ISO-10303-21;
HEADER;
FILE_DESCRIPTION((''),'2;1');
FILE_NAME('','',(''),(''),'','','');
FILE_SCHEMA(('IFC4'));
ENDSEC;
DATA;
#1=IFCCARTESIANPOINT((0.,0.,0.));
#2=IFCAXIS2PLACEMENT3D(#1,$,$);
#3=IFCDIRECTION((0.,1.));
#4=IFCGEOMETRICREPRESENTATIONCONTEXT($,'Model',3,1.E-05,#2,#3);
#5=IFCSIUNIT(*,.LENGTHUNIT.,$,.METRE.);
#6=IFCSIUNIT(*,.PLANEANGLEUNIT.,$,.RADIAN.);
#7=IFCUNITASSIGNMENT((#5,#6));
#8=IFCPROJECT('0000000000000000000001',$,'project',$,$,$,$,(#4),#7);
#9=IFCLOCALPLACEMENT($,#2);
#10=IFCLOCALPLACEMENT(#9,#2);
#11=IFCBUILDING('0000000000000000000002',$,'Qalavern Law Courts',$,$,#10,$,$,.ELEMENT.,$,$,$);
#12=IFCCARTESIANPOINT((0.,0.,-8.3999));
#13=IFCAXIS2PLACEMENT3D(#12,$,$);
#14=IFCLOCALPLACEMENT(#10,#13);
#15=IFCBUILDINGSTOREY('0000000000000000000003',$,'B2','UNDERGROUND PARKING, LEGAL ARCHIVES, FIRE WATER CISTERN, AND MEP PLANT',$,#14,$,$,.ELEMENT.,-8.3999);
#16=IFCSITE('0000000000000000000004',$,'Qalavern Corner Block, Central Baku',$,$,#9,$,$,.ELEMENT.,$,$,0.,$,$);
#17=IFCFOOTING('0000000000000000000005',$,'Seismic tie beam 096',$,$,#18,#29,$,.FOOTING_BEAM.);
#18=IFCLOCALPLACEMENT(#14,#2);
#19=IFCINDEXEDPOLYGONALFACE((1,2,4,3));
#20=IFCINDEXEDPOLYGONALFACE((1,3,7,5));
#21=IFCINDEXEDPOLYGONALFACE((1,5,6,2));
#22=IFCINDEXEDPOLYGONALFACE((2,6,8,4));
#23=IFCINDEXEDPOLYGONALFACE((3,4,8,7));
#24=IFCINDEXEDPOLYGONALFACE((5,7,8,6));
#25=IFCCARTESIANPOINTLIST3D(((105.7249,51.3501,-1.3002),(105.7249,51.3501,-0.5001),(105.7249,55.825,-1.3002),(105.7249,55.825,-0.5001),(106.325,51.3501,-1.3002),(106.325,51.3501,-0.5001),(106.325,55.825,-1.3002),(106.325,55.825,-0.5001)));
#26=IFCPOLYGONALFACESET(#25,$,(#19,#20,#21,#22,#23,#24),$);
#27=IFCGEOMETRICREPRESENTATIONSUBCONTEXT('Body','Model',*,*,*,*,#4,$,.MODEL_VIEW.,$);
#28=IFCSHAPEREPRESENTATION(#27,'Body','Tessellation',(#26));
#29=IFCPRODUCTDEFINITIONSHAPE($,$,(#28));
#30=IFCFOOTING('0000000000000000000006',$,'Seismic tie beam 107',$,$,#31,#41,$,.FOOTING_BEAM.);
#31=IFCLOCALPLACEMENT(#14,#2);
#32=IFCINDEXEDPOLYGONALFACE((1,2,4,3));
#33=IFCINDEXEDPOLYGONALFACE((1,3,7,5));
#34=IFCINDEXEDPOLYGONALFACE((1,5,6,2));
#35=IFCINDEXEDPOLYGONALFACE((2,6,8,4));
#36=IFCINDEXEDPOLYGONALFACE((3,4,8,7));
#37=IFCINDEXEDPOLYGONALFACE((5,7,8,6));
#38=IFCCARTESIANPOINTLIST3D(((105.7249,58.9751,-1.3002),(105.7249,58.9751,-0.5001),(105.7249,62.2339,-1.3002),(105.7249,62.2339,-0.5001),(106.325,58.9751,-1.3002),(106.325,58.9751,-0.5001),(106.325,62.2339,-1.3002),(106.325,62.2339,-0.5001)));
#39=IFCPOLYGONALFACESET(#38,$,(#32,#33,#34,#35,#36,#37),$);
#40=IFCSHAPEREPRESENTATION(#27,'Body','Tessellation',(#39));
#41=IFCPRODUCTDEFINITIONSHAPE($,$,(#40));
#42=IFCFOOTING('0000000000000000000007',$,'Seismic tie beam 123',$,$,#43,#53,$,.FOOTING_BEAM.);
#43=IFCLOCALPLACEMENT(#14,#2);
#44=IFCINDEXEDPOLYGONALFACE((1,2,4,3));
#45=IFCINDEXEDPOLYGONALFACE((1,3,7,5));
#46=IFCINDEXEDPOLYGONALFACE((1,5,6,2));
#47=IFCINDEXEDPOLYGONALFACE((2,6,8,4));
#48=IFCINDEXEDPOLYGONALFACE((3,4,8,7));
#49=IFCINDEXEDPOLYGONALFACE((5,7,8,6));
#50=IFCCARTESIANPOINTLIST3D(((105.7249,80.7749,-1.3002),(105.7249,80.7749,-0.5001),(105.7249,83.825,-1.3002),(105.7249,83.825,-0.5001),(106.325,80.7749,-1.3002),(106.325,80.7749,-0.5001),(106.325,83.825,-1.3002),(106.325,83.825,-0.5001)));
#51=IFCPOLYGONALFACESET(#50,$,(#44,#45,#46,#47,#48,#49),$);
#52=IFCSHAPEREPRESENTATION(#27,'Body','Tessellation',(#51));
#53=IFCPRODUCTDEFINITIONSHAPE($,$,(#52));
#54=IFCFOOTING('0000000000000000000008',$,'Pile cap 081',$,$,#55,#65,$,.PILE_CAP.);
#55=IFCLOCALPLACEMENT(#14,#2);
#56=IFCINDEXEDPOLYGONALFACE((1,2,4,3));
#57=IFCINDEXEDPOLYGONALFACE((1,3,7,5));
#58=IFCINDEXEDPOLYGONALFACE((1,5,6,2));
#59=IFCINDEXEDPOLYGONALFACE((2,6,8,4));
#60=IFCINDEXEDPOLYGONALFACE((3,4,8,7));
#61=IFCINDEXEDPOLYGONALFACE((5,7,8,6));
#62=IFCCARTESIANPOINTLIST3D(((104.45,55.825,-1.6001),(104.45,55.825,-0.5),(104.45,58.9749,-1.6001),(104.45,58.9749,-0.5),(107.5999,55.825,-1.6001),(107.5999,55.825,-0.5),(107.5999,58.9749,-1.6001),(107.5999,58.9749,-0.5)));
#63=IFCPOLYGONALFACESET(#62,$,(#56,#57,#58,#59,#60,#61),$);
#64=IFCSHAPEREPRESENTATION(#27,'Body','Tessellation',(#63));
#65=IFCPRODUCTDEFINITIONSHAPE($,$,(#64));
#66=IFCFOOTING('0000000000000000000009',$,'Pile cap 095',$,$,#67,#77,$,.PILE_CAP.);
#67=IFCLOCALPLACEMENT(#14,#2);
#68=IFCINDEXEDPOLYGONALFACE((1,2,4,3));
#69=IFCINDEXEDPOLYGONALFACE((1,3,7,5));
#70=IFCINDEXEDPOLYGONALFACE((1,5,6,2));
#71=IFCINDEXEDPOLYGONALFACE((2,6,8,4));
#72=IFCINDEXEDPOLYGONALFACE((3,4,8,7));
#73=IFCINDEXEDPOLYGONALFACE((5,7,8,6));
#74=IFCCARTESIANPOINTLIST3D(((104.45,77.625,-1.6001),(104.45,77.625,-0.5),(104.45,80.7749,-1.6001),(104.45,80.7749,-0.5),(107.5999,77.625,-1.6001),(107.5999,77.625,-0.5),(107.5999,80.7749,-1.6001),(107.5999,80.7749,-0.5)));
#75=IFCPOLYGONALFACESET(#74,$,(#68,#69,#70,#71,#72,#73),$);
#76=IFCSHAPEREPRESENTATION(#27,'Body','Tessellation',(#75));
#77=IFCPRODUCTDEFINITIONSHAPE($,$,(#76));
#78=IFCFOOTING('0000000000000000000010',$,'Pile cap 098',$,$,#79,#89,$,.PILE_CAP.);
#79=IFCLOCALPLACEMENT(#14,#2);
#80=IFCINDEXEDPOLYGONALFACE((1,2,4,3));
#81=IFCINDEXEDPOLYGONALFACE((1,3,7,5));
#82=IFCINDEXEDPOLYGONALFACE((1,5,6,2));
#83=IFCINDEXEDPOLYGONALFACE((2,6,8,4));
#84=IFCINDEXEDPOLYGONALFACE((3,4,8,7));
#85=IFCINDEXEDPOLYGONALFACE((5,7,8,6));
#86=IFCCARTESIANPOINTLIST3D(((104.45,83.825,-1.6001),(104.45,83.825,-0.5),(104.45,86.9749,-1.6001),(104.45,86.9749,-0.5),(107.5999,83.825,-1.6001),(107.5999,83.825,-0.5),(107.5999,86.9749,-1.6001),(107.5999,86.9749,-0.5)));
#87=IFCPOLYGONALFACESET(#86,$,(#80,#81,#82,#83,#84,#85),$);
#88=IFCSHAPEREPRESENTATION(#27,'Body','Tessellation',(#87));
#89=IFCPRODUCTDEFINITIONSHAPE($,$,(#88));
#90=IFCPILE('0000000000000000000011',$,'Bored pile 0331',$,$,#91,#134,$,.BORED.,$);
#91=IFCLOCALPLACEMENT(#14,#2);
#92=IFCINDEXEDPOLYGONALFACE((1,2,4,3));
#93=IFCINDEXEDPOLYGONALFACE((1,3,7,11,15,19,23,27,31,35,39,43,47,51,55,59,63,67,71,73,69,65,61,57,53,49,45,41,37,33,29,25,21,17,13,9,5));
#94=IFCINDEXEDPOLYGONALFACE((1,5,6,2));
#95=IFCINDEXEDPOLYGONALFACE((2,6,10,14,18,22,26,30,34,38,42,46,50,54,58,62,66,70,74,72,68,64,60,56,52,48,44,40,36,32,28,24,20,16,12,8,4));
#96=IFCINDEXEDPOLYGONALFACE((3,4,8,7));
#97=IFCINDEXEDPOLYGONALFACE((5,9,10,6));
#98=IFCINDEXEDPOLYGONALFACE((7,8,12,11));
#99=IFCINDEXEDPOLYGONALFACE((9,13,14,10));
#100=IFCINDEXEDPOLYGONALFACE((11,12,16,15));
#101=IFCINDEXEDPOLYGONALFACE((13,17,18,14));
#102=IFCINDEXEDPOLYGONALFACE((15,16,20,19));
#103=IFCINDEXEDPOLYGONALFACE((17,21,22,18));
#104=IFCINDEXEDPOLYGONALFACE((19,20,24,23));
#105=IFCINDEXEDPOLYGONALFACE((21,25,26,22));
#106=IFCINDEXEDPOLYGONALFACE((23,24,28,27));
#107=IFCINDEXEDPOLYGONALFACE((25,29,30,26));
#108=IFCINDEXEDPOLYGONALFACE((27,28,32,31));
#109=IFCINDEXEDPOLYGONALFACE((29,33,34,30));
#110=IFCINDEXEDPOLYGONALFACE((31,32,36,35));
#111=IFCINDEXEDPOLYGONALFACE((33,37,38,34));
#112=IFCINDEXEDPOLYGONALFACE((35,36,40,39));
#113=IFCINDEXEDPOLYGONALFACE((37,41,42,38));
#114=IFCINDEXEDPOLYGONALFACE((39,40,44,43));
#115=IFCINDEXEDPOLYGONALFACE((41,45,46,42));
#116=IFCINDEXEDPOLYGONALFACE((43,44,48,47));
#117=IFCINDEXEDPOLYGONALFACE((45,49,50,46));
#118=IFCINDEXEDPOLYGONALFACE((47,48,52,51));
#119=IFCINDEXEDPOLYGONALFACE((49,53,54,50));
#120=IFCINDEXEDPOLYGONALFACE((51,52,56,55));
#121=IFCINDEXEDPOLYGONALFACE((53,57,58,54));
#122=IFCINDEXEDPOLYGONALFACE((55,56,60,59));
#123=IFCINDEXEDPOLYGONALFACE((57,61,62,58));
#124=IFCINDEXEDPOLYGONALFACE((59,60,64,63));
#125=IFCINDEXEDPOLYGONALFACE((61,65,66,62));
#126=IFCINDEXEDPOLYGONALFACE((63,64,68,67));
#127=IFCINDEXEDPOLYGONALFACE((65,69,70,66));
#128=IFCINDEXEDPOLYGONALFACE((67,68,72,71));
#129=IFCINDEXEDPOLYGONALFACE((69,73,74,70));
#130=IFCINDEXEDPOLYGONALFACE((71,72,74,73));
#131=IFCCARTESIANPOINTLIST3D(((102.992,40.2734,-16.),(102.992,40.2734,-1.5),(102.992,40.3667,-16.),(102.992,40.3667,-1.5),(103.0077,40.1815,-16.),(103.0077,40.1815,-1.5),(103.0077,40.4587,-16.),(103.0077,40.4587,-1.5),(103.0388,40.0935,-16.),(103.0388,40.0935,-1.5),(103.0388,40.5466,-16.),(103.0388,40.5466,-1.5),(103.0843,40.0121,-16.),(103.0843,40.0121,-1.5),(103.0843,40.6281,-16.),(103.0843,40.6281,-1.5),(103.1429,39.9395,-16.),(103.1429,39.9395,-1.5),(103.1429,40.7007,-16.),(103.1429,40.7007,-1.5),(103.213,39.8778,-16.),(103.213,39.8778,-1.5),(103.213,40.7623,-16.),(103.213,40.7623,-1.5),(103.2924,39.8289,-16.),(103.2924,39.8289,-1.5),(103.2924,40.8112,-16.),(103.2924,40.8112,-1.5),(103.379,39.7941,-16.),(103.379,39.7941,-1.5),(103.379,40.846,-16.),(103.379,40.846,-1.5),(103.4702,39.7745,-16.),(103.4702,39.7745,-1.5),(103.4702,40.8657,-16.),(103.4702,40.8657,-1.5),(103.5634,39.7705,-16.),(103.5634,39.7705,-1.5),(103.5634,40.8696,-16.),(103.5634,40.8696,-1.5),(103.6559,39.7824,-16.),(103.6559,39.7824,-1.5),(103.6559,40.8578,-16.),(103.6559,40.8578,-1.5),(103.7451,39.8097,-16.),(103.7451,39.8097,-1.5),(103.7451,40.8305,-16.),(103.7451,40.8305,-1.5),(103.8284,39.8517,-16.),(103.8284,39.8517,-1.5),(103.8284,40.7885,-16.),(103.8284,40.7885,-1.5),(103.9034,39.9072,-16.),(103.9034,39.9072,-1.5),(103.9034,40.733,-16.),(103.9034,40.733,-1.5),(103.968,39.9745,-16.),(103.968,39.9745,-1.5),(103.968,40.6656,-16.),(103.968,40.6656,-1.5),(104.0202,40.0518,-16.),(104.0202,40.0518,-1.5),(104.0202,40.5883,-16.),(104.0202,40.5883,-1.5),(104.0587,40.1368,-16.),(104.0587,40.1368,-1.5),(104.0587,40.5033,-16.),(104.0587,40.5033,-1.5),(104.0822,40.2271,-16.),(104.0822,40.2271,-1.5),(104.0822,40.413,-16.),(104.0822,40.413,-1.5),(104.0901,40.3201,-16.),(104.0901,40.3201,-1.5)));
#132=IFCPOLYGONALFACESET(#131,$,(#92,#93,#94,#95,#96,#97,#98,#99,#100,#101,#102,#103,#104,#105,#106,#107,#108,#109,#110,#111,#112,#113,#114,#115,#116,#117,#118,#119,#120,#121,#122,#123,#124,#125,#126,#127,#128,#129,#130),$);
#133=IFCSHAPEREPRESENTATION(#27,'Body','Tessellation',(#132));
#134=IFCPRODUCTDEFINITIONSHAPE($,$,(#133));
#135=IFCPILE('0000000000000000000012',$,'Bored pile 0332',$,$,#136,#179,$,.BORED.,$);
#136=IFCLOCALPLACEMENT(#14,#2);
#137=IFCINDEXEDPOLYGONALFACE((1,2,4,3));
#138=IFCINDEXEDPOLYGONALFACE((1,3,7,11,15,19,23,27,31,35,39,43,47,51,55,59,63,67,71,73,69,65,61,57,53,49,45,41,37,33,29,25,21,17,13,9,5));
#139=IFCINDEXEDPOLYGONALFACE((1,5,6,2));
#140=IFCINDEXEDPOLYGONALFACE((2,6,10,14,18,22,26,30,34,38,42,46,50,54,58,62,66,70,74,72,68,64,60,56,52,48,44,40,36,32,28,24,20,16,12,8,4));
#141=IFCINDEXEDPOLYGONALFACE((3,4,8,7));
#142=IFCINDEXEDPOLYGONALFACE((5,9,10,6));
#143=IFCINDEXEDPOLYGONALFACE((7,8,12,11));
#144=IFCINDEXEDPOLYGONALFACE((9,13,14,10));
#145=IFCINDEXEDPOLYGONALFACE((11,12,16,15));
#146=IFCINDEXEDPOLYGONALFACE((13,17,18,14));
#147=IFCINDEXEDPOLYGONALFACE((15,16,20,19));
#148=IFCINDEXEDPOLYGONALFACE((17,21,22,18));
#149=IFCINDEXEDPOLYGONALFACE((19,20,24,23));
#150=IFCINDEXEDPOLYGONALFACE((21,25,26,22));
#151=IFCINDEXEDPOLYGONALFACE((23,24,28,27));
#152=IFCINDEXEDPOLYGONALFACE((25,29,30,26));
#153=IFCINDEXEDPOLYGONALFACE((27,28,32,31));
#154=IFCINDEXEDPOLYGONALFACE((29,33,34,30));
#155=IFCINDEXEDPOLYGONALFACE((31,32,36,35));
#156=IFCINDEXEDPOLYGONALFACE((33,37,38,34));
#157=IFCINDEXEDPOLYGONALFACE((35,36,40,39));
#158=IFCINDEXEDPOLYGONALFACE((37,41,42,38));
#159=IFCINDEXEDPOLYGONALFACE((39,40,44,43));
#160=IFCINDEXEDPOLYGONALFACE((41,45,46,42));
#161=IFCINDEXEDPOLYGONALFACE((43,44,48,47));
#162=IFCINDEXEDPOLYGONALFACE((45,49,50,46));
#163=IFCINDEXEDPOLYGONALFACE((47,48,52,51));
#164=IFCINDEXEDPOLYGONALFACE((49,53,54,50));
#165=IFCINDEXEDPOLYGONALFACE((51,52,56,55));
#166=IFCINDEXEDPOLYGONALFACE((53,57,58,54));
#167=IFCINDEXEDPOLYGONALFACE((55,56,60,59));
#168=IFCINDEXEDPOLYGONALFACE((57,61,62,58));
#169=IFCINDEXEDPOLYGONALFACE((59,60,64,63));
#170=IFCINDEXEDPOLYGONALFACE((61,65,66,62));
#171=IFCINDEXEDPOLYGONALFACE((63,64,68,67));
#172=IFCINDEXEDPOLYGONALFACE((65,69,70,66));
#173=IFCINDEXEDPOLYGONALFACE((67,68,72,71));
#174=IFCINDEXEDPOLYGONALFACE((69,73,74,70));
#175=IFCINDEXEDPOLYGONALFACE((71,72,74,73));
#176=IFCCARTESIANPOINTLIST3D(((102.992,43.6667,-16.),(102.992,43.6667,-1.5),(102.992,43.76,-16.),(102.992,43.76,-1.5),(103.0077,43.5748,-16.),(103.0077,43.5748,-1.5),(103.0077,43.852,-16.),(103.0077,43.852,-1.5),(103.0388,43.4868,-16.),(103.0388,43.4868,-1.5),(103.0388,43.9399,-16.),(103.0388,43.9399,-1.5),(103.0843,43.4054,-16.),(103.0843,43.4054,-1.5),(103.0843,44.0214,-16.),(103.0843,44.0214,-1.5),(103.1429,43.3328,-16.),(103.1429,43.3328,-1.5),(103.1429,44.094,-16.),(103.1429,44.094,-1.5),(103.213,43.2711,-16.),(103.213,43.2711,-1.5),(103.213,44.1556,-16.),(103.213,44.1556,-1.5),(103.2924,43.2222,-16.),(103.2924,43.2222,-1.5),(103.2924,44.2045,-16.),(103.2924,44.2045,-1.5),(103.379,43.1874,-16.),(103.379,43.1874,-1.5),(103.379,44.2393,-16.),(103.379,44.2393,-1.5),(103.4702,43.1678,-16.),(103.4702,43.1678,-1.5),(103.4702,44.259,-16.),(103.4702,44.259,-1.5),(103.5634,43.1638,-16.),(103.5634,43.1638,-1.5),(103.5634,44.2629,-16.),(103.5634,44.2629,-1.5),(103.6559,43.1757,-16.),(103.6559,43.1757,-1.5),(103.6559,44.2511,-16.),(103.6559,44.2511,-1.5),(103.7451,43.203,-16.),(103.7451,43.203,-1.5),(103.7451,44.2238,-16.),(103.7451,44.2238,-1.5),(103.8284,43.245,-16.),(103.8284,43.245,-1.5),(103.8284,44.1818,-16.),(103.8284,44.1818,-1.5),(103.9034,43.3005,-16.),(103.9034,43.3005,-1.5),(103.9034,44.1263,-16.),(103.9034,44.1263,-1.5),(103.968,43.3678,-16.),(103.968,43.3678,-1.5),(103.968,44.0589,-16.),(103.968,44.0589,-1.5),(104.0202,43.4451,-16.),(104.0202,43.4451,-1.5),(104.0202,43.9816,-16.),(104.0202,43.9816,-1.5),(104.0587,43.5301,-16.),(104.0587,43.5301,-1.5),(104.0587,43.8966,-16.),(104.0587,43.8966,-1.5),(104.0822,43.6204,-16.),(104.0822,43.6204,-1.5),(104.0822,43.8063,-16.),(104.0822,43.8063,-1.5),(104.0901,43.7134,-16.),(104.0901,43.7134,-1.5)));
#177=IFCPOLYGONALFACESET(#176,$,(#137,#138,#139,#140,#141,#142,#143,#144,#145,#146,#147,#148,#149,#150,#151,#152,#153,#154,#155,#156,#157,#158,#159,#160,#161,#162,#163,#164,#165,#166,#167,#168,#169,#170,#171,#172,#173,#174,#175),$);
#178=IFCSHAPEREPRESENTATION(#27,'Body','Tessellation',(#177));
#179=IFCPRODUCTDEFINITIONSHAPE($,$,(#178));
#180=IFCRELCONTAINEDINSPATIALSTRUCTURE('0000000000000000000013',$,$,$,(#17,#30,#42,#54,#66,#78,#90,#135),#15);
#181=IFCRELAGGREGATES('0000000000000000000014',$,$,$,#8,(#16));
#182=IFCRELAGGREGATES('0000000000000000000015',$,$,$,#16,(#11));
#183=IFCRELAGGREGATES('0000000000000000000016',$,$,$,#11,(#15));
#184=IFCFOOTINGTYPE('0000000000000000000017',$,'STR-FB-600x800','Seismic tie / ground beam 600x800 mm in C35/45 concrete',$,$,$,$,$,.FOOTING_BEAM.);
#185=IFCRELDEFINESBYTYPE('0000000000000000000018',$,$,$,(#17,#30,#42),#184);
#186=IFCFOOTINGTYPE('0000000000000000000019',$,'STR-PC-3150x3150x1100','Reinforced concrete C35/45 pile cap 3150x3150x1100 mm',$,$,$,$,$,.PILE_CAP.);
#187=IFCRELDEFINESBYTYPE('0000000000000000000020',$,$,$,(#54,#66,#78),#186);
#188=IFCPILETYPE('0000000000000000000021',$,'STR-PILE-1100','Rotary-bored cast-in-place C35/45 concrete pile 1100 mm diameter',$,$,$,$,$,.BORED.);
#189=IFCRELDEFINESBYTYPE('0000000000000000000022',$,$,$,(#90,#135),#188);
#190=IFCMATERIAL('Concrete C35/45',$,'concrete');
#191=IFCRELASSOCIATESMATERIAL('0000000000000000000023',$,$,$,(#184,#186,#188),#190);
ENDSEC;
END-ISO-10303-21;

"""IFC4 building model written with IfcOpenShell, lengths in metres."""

from ifc_helpers import new_model, si_unit, direction, frame, origin, origin_2d, place, context, subcontext, project, spatial, rectangle, circle, extrude, material, material_profile, profile_set, type_object, element, save


model = new_model("IFC4")

# Units and contexts
model_context = context("Model", 3, precision=1e-05, world=origin(), true_north=direction((0.0, 1.0)))
body_context = subcontext(model_context, "Body", "Model", "MODEL_VIEW")
ifc_project = project(units=[si_unit("LENGTHUNIT", "METRE"), si_unit("PLANEANGLEUNIT", "RADIAN")], contexts=[model_context])

# Site, building, storey
site_placement = place(None, origin())
site = spatial("IfcSite", under=ifc_project, at=site_placement, Name="Qalavern Corner Block, Central Baku", CompositionType="ELEMENT", RefElevation=0.0)
building_placement = place(site_placement, origin())
building = spatial("IfcBuilding", under=site, at=building_placement, Name="Qalavern Law Courts", CompositionType="ELEMENT")
storey_placement = place(building_placement, frame((0.0, 0.0, -8.3999)))
storey = spatial("IfcBuildingStorey", under=building, at=storey_placement, Name="B2", Description="UNDERGROUND PARKING, LEGAL ARCHIVES, FIRE WATER CISTERN, AND MEP PLANT", CompositionType="ELEMENT", Elevation=-8.3999)

# Footings
ifc_material_1 = material(Name="Concrete C35/45", Category="concrete")
ifc_material_profile_1 = material_profile(ifc_material_1, rectangle(XDim=0.6001, YDim=0.8, at=origin_2d()), Name="RC 600x800")
ifc_profile_set_1 = profile_set([ifc_material_profile_1], Name="Concrete C35/45")
footing_type_1 = type_object("IfcFootingType", Name="STR-FB-600x800", Description="Seismic tie / ground beam 600x800 mm in C35/45 concrete", PredefinedType="FOOTING_BEAM", material=ifc_profile_set_1)
footing_1_placement = place(storey_placement, frame((106.0249, 51.3501, -0.9001), z_axis=(0.0, 1.0, 0.0), x_axis=(-1.0, 0.0, 0.0)))
element("IfcFooting", 1, at=footing_1_placement, inside=storey, type_object=footing_type_1, Name="Seismic tie beam 096", PredefinedType="FOOTING_BEAM", context=body_context, shape_type="SweptSolid", body=[
    extrude(rectangle(XDim=0.6001, YDim=0.8, at=origin_2d()), origin(), (0.0, 0.0, 1.0), 4.4749),
])
footing_2_placement = place(storey_placement, frame((106.0249, 58.9751, -0.9001), z_axis=(0.0, 1.0, 0.0), x_axis=(-1.0, 0.0, 0.0)))
element("IfcFooting", 2, at=footing_2_placement, inside=storey, type_object=footing_type_1, Name="Seismic tie beam 107", PredefinedType="FOOTING_BEAM", context=body_context, shape_type="SweptSolid", body=[
    extrude(rectangle(XDim=0.6001, YDim=0.8, at=origin_2d()), origin(), (0.0, 0.0, 1.0), 3.2588),
])
footing_3_placement = place(storey_placement, frame((106.0249, 80.7749, -0.9001), z_axis=(0.0, 1.0, 0.0), x_axis=(-1.0, 0.0, 0.0)))
element("IfcFooting", 3, at=footing_3_placement, inside=storey, type_object=footing_type_1, Name="Seismic tie beam 123", PredefinedType="FOOTING_BEAM", context=body_context, shape_type="SweptSolid", body=[
    extrude(rectangle(XDim=0.6001, YDim=0.8, at=origin_2d()), origin(), (0.0, 0.0, 1.0), 3.05),
])
footing_type_2 = type_object("IfcFootingType", Name="STR-PC-3150x3150x1100", Description="Reinforced concrete C35/45 pile cap 3150x3150x1100 mm", PredefinedType="PILE_CAP", material=ifc_material_1)
for number, where, z_axis, x_axis, name in (
    (4, (106.0249, 57.3999, -1.6001), (0.0, 0.0, 1.0), (1.0, 0.0, 0.0), "Pile cap 081"),
    (5, (106.0249, 79.2, -1.6001), (0.0, 0.0, 1.0), (1.0, 0.0, 0.0), "Pile cap 095"),
    (6, (106.0249, 85.3999, -1.6001), (0.0, 0.0, 1.0), (1.0, 0.0, 0.0), "Pile cap 098"),
):
    element("IfcFooting", number, at=place(storey_placement, frame(where, z_axis=z_axis, x_axis=x_axis)), inside=storey, type_object=footing_type_2, Name=name, PredefinedType="PILE_CAP", context=body_context, shape_type="SweptSolid", body=[
        extrude(rectangle(XDim=3.1499, YDim=3.1499, at=origin_2d()), origin(), (0.0, 0.0, 1.0), 1.1001),
    ])

# Piles
ifc_material_profile_2 = material_profile(ifc_material_1, circle(Radius=0.55, at=origin_2d()), Name="BORED PILE 1100")
ifc_profile_set_2 = profile_set([ifc_material_profile_2], Name="Concrete C35/45")
pile_type_1 = type_object("IfcPileType", Name="STR-PILE-1100", Description="Rotary-bored cast-in-place C35/45 concrete pile 1100 mm diameter", PredefinedType="BORED", material=ifc_profile_set_2)
for number, where, z_axis, x_axis, name in (
    (7, (103.54, 40.3201, -1.5), (0.0, 0.0, -1.0), (1.0, 0.0, 0.0), "Bored pile 0331"),
    (8, (103.54, 43.7134, -1.5), (0.0, 0.0, -1.0), (1.0, 0.0, 0.0), "Bored pile 0332"),
):
    element("IfcPile", number, at=place(storey_placement, frame(where, z_axis=z_axis, x_axis=x_axis)), inside=storey, type_object=pile_type_1, Name=name, PredefinedType="BORED", context=body_context, shape_type="SweptSolid", body=[
        extrude(circle(Radius=0.55, at=origin_2d()), origin(), (0.0, 0.0, 1.0), 14.5),
    ])

save(model, "model.ifc")
